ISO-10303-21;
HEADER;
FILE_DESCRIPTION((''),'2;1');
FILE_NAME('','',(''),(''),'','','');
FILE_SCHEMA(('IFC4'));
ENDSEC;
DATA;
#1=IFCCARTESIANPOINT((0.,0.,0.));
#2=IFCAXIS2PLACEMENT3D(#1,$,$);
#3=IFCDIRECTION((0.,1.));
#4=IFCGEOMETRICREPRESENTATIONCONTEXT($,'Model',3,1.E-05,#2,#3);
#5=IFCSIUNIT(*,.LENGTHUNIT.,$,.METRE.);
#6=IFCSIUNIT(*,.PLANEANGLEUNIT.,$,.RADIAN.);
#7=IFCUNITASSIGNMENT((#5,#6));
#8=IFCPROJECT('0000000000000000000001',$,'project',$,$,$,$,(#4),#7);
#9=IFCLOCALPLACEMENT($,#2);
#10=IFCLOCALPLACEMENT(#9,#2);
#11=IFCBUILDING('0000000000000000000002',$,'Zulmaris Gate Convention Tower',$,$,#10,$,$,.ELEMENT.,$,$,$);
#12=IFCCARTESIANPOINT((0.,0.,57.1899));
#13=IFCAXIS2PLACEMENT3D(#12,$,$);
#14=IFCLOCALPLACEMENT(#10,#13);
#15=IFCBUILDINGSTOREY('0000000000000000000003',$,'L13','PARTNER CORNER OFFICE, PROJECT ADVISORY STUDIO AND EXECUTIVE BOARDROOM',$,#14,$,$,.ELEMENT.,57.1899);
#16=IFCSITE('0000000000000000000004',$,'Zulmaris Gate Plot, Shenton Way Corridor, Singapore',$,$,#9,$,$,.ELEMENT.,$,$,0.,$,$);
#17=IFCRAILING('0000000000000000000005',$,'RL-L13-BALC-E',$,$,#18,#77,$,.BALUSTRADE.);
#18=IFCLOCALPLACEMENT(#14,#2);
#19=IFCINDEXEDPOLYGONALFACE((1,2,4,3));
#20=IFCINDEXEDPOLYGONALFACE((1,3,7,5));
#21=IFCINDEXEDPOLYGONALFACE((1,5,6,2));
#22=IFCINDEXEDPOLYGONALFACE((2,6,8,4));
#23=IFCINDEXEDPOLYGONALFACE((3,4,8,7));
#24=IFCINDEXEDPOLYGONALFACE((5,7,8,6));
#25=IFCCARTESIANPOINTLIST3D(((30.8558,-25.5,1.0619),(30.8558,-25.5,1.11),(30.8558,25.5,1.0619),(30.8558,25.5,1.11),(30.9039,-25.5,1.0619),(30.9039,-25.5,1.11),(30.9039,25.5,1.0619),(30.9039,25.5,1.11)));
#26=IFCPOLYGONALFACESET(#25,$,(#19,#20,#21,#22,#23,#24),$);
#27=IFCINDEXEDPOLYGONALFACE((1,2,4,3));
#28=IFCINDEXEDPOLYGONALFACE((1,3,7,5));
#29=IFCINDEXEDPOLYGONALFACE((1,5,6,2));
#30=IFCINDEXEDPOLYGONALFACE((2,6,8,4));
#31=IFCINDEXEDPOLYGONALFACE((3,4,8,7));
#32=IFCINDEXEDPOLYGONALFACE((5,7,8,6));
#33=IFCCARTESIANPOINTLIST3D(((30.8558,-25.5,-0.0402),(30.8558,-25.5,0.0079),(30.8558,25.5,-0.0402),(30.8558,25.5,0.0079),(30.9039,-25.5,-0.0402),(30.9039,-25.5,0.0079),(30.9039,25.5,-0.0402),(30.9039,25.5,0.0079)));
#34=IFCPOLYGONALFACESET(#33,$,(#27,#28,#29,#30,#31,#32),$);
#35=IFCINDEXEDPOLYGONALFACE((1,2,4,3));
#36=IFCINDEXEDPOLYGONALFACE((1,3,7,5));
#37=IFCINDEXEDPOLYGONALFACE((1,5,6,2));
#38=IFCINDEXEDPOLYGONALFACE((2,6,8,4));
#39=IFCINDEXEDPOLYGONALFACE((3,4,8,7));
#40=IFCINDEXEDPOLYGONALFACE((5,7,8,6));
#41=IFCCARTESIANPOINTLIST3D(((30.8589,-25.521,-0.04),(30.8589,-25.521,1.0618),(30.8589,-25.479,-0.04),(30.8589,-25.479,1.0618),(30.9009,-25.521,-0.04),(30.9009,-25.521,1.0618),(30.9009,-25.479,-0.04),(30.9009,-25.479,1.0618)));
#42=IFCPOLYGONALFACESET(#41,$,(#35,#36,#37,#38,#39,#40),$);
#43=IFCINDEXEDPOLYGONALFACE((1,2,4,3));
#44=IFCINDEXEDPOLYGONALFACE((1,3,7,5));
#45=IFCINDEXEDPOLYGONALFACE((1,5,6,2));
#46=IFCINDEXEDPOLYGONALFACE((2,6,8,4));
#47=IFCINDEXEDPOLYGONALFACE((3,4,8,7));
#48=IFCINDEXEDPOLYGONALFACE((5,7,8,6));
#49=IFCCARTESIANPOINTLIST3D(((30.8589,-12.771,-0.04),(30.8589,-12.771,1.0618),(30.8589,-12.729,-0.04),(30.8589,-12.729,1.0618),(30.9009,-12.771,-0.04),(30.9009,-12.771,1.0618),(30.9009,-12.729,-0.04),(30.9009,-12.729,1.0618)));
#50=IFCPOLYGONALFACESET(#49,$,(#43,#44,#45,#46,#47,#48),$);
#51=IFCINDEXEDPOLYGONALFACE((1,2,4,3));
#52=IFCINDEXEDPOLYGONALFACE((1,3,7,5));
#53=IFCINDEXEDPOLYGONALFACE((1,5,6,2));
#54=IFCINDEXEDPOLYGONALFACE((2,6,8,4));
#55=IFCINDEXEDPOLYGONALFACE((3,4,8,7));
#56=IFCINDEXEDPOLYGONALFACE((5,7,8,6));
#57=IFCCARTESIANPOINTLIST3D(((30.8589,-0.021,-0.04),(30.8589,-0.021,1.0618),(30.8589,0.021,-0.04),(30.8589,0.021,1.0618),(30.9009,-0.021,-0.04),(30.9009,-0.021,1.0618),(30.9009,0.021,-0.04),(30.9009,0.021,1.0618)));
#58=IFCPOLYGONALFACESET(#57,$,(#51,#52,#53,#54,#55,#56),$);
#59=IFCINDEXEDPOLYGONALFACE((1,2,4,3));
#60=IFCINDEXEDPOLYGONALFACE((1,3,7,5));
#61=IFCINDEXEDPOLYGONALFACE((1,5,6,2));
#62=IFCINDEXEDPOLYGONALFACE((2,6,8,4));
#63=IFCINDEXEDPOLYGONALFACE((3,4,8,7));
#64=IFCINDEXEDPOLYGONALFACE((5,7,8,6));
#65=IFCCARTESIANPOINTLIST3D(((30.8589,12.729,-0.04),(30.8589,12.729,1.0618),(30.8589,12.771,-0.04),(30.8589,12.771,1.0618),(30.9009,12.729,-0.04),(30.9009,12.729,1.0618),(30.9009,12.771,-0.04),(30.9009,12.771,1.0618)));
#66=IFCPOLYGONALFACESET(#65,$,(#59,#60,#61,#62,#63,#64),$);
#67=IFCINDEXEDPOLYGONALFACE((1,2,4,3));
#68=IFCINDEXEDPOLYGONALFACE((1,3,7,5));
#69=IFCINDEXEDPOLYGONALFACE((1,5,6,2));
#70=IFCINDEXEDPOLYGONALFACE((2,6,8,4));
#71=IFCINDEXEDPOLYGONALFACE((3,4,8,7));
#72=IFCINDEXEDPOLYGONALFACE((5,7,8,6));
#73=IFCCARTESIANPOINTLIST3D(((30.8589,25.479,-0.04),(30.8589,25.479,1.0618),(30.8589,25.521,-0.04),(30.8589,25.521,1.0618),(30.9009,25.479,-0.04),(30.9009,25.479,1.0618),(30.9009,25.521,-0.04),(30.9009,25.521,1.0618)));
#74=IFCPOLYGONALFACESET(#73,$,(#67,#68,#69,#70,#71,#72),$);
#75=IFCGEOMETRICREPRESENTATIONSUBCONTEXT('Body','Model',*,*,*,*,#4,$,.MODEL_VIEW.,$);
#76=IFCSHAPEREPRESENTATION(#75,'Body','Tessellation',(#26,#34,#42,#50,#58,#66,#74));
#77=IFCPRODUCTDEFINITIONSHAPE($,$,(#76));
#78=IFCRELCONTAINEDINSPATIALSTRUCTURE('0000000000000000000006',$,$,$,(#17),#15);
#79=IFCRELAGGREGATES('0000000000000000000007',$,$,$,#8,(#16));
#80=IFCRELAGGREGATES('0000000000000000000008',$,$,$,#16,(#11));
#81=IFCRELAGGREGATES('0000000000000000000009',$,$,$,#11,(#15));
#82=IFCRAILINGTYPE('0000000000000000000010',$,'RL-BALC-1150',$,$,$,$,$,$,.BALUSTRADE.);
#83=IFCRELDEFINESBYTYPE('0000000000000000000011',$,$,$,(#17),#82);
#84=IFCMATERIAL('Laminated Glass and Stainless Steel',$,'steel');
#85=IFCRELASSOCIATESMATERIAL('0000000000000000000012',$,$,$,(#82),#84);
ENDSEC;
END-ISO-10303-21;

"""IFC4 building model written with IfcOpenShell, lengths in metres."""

from ifc_helpers import new_model, si_unit, direction, frame, origin, origin_2d, place, context, subcontext, project, spatial, rectangle, extrude, material, type_object, element, save


model = new_model("IFC4")

# Units and contexts
model_context = context("Model", 3, precision=1e-05, world=origin(), true_north=direction((0.0, 1.0)))
body_context = subcontext(model_context, "Body", "Model", "MODEL_VIEW")
ifc_project = project(units=[si_unit("LENGTHUNIT", "METRE"), si_unit("PLANEANGLEUNIT", "RADIAN")], contexts=[model_context])

# Site, building, storey
site_placement = place(None, origin())
site = spatial("IfcSite", under=ifc_project, at=site_placement, Name="Zulmaris Gate Plot, Shenton Way Corridor, Singapore", CompositionType="ELEMENT", RefElevation=0.0)
building_placement = place(site_placement, origin())
building = spatial("IfcBuilding", under=site, at=building_placement, Name="Zulmaris Gate Convention Tower", CompositionType="ELEMENT")
storey_placement = place(building_placement, frame((0.0, 0.0, 57.1899)))
storey = spatial("IfcBuildingStorey", under=building, at=storey_placement, Name="L13", Description="PARTNER CORNER OFFICE, PROJECT ADVISORY STUDIO AND EXECUTIVE BOARDROOM", CompositionType="ELEMENT", Elevation=57.1899)

# Railing
ifc_material_1 = material(Name="Laminated Glass and Stainless Steel", Category="steel")
railing_type = type_object("IfcRailingType", Name="RL-BALC-1150", PredefinedType="BALUSTRADE", material=ifc_material_1)
railing_placement = place(storey_placement, frame((30.8799, -25.5, -0.04)))
element("IfcRailing", 1, at=railing_placement, inside=storey, type_object=railing_type, Name="RL-L13-BALC-E", PredefinedType="BALUSTRADE", context=body_context, shape_type="SweptSolid", body=[
    extrude(rectangle(XDim=0.0481, YDim=0.0481, at=origin_2d()), frame((0.0, 0.0, 1.126), z_axis=(0.0, 1.0, 0.0), x_axis=(-1.0, 0.0, 0.0)), (0.0, 0.0, 1.0), 51.0),
    extrude(rectangle(XDim=0.0481, YDim=0.0481, at=origin_2d()), frame((0.0, 0.0, 0.0239), z_axis=(0.0, 1.0, 0.0), x_axis=(-1.0, 0.0, 0.0)), (0.0, 0.0, 1.0), 51.0),
    extrude(rectangle(XDim=0.042, YDim=0.042, at=origin_2d()), origin(), (0.0, 0.0, 1.0), 1.1018),
    extrude(rectangle(XDim=0.042, YDim=0.042, at=origin_2d()), frame((0.0, 12.75, 0.0)), (0.0, 0.0, 1.0), 1.1018),
    extrude(rectangle(XDim=0.042, YDim=0.042, at=origin_2d()), frame((0.0, 25.5, 0.0)), (0.0, 0.0, 1.0), 1.1018),
    extrude(rectangle(XDim=0.042, YDim=0.042, at=origin_2d()), frame((0.0, 38.25, 0.0)), (0.0, 0.0, 1.0), 1.1018),
    extrude(rectangle(XDim=0.042, YDim=0.042, at=origin_2d()), frame((0.0, 51.0, 0.0)), (0.0, 0.0, 1.0), 1.1018),
])

save(model, "model.ifc")
